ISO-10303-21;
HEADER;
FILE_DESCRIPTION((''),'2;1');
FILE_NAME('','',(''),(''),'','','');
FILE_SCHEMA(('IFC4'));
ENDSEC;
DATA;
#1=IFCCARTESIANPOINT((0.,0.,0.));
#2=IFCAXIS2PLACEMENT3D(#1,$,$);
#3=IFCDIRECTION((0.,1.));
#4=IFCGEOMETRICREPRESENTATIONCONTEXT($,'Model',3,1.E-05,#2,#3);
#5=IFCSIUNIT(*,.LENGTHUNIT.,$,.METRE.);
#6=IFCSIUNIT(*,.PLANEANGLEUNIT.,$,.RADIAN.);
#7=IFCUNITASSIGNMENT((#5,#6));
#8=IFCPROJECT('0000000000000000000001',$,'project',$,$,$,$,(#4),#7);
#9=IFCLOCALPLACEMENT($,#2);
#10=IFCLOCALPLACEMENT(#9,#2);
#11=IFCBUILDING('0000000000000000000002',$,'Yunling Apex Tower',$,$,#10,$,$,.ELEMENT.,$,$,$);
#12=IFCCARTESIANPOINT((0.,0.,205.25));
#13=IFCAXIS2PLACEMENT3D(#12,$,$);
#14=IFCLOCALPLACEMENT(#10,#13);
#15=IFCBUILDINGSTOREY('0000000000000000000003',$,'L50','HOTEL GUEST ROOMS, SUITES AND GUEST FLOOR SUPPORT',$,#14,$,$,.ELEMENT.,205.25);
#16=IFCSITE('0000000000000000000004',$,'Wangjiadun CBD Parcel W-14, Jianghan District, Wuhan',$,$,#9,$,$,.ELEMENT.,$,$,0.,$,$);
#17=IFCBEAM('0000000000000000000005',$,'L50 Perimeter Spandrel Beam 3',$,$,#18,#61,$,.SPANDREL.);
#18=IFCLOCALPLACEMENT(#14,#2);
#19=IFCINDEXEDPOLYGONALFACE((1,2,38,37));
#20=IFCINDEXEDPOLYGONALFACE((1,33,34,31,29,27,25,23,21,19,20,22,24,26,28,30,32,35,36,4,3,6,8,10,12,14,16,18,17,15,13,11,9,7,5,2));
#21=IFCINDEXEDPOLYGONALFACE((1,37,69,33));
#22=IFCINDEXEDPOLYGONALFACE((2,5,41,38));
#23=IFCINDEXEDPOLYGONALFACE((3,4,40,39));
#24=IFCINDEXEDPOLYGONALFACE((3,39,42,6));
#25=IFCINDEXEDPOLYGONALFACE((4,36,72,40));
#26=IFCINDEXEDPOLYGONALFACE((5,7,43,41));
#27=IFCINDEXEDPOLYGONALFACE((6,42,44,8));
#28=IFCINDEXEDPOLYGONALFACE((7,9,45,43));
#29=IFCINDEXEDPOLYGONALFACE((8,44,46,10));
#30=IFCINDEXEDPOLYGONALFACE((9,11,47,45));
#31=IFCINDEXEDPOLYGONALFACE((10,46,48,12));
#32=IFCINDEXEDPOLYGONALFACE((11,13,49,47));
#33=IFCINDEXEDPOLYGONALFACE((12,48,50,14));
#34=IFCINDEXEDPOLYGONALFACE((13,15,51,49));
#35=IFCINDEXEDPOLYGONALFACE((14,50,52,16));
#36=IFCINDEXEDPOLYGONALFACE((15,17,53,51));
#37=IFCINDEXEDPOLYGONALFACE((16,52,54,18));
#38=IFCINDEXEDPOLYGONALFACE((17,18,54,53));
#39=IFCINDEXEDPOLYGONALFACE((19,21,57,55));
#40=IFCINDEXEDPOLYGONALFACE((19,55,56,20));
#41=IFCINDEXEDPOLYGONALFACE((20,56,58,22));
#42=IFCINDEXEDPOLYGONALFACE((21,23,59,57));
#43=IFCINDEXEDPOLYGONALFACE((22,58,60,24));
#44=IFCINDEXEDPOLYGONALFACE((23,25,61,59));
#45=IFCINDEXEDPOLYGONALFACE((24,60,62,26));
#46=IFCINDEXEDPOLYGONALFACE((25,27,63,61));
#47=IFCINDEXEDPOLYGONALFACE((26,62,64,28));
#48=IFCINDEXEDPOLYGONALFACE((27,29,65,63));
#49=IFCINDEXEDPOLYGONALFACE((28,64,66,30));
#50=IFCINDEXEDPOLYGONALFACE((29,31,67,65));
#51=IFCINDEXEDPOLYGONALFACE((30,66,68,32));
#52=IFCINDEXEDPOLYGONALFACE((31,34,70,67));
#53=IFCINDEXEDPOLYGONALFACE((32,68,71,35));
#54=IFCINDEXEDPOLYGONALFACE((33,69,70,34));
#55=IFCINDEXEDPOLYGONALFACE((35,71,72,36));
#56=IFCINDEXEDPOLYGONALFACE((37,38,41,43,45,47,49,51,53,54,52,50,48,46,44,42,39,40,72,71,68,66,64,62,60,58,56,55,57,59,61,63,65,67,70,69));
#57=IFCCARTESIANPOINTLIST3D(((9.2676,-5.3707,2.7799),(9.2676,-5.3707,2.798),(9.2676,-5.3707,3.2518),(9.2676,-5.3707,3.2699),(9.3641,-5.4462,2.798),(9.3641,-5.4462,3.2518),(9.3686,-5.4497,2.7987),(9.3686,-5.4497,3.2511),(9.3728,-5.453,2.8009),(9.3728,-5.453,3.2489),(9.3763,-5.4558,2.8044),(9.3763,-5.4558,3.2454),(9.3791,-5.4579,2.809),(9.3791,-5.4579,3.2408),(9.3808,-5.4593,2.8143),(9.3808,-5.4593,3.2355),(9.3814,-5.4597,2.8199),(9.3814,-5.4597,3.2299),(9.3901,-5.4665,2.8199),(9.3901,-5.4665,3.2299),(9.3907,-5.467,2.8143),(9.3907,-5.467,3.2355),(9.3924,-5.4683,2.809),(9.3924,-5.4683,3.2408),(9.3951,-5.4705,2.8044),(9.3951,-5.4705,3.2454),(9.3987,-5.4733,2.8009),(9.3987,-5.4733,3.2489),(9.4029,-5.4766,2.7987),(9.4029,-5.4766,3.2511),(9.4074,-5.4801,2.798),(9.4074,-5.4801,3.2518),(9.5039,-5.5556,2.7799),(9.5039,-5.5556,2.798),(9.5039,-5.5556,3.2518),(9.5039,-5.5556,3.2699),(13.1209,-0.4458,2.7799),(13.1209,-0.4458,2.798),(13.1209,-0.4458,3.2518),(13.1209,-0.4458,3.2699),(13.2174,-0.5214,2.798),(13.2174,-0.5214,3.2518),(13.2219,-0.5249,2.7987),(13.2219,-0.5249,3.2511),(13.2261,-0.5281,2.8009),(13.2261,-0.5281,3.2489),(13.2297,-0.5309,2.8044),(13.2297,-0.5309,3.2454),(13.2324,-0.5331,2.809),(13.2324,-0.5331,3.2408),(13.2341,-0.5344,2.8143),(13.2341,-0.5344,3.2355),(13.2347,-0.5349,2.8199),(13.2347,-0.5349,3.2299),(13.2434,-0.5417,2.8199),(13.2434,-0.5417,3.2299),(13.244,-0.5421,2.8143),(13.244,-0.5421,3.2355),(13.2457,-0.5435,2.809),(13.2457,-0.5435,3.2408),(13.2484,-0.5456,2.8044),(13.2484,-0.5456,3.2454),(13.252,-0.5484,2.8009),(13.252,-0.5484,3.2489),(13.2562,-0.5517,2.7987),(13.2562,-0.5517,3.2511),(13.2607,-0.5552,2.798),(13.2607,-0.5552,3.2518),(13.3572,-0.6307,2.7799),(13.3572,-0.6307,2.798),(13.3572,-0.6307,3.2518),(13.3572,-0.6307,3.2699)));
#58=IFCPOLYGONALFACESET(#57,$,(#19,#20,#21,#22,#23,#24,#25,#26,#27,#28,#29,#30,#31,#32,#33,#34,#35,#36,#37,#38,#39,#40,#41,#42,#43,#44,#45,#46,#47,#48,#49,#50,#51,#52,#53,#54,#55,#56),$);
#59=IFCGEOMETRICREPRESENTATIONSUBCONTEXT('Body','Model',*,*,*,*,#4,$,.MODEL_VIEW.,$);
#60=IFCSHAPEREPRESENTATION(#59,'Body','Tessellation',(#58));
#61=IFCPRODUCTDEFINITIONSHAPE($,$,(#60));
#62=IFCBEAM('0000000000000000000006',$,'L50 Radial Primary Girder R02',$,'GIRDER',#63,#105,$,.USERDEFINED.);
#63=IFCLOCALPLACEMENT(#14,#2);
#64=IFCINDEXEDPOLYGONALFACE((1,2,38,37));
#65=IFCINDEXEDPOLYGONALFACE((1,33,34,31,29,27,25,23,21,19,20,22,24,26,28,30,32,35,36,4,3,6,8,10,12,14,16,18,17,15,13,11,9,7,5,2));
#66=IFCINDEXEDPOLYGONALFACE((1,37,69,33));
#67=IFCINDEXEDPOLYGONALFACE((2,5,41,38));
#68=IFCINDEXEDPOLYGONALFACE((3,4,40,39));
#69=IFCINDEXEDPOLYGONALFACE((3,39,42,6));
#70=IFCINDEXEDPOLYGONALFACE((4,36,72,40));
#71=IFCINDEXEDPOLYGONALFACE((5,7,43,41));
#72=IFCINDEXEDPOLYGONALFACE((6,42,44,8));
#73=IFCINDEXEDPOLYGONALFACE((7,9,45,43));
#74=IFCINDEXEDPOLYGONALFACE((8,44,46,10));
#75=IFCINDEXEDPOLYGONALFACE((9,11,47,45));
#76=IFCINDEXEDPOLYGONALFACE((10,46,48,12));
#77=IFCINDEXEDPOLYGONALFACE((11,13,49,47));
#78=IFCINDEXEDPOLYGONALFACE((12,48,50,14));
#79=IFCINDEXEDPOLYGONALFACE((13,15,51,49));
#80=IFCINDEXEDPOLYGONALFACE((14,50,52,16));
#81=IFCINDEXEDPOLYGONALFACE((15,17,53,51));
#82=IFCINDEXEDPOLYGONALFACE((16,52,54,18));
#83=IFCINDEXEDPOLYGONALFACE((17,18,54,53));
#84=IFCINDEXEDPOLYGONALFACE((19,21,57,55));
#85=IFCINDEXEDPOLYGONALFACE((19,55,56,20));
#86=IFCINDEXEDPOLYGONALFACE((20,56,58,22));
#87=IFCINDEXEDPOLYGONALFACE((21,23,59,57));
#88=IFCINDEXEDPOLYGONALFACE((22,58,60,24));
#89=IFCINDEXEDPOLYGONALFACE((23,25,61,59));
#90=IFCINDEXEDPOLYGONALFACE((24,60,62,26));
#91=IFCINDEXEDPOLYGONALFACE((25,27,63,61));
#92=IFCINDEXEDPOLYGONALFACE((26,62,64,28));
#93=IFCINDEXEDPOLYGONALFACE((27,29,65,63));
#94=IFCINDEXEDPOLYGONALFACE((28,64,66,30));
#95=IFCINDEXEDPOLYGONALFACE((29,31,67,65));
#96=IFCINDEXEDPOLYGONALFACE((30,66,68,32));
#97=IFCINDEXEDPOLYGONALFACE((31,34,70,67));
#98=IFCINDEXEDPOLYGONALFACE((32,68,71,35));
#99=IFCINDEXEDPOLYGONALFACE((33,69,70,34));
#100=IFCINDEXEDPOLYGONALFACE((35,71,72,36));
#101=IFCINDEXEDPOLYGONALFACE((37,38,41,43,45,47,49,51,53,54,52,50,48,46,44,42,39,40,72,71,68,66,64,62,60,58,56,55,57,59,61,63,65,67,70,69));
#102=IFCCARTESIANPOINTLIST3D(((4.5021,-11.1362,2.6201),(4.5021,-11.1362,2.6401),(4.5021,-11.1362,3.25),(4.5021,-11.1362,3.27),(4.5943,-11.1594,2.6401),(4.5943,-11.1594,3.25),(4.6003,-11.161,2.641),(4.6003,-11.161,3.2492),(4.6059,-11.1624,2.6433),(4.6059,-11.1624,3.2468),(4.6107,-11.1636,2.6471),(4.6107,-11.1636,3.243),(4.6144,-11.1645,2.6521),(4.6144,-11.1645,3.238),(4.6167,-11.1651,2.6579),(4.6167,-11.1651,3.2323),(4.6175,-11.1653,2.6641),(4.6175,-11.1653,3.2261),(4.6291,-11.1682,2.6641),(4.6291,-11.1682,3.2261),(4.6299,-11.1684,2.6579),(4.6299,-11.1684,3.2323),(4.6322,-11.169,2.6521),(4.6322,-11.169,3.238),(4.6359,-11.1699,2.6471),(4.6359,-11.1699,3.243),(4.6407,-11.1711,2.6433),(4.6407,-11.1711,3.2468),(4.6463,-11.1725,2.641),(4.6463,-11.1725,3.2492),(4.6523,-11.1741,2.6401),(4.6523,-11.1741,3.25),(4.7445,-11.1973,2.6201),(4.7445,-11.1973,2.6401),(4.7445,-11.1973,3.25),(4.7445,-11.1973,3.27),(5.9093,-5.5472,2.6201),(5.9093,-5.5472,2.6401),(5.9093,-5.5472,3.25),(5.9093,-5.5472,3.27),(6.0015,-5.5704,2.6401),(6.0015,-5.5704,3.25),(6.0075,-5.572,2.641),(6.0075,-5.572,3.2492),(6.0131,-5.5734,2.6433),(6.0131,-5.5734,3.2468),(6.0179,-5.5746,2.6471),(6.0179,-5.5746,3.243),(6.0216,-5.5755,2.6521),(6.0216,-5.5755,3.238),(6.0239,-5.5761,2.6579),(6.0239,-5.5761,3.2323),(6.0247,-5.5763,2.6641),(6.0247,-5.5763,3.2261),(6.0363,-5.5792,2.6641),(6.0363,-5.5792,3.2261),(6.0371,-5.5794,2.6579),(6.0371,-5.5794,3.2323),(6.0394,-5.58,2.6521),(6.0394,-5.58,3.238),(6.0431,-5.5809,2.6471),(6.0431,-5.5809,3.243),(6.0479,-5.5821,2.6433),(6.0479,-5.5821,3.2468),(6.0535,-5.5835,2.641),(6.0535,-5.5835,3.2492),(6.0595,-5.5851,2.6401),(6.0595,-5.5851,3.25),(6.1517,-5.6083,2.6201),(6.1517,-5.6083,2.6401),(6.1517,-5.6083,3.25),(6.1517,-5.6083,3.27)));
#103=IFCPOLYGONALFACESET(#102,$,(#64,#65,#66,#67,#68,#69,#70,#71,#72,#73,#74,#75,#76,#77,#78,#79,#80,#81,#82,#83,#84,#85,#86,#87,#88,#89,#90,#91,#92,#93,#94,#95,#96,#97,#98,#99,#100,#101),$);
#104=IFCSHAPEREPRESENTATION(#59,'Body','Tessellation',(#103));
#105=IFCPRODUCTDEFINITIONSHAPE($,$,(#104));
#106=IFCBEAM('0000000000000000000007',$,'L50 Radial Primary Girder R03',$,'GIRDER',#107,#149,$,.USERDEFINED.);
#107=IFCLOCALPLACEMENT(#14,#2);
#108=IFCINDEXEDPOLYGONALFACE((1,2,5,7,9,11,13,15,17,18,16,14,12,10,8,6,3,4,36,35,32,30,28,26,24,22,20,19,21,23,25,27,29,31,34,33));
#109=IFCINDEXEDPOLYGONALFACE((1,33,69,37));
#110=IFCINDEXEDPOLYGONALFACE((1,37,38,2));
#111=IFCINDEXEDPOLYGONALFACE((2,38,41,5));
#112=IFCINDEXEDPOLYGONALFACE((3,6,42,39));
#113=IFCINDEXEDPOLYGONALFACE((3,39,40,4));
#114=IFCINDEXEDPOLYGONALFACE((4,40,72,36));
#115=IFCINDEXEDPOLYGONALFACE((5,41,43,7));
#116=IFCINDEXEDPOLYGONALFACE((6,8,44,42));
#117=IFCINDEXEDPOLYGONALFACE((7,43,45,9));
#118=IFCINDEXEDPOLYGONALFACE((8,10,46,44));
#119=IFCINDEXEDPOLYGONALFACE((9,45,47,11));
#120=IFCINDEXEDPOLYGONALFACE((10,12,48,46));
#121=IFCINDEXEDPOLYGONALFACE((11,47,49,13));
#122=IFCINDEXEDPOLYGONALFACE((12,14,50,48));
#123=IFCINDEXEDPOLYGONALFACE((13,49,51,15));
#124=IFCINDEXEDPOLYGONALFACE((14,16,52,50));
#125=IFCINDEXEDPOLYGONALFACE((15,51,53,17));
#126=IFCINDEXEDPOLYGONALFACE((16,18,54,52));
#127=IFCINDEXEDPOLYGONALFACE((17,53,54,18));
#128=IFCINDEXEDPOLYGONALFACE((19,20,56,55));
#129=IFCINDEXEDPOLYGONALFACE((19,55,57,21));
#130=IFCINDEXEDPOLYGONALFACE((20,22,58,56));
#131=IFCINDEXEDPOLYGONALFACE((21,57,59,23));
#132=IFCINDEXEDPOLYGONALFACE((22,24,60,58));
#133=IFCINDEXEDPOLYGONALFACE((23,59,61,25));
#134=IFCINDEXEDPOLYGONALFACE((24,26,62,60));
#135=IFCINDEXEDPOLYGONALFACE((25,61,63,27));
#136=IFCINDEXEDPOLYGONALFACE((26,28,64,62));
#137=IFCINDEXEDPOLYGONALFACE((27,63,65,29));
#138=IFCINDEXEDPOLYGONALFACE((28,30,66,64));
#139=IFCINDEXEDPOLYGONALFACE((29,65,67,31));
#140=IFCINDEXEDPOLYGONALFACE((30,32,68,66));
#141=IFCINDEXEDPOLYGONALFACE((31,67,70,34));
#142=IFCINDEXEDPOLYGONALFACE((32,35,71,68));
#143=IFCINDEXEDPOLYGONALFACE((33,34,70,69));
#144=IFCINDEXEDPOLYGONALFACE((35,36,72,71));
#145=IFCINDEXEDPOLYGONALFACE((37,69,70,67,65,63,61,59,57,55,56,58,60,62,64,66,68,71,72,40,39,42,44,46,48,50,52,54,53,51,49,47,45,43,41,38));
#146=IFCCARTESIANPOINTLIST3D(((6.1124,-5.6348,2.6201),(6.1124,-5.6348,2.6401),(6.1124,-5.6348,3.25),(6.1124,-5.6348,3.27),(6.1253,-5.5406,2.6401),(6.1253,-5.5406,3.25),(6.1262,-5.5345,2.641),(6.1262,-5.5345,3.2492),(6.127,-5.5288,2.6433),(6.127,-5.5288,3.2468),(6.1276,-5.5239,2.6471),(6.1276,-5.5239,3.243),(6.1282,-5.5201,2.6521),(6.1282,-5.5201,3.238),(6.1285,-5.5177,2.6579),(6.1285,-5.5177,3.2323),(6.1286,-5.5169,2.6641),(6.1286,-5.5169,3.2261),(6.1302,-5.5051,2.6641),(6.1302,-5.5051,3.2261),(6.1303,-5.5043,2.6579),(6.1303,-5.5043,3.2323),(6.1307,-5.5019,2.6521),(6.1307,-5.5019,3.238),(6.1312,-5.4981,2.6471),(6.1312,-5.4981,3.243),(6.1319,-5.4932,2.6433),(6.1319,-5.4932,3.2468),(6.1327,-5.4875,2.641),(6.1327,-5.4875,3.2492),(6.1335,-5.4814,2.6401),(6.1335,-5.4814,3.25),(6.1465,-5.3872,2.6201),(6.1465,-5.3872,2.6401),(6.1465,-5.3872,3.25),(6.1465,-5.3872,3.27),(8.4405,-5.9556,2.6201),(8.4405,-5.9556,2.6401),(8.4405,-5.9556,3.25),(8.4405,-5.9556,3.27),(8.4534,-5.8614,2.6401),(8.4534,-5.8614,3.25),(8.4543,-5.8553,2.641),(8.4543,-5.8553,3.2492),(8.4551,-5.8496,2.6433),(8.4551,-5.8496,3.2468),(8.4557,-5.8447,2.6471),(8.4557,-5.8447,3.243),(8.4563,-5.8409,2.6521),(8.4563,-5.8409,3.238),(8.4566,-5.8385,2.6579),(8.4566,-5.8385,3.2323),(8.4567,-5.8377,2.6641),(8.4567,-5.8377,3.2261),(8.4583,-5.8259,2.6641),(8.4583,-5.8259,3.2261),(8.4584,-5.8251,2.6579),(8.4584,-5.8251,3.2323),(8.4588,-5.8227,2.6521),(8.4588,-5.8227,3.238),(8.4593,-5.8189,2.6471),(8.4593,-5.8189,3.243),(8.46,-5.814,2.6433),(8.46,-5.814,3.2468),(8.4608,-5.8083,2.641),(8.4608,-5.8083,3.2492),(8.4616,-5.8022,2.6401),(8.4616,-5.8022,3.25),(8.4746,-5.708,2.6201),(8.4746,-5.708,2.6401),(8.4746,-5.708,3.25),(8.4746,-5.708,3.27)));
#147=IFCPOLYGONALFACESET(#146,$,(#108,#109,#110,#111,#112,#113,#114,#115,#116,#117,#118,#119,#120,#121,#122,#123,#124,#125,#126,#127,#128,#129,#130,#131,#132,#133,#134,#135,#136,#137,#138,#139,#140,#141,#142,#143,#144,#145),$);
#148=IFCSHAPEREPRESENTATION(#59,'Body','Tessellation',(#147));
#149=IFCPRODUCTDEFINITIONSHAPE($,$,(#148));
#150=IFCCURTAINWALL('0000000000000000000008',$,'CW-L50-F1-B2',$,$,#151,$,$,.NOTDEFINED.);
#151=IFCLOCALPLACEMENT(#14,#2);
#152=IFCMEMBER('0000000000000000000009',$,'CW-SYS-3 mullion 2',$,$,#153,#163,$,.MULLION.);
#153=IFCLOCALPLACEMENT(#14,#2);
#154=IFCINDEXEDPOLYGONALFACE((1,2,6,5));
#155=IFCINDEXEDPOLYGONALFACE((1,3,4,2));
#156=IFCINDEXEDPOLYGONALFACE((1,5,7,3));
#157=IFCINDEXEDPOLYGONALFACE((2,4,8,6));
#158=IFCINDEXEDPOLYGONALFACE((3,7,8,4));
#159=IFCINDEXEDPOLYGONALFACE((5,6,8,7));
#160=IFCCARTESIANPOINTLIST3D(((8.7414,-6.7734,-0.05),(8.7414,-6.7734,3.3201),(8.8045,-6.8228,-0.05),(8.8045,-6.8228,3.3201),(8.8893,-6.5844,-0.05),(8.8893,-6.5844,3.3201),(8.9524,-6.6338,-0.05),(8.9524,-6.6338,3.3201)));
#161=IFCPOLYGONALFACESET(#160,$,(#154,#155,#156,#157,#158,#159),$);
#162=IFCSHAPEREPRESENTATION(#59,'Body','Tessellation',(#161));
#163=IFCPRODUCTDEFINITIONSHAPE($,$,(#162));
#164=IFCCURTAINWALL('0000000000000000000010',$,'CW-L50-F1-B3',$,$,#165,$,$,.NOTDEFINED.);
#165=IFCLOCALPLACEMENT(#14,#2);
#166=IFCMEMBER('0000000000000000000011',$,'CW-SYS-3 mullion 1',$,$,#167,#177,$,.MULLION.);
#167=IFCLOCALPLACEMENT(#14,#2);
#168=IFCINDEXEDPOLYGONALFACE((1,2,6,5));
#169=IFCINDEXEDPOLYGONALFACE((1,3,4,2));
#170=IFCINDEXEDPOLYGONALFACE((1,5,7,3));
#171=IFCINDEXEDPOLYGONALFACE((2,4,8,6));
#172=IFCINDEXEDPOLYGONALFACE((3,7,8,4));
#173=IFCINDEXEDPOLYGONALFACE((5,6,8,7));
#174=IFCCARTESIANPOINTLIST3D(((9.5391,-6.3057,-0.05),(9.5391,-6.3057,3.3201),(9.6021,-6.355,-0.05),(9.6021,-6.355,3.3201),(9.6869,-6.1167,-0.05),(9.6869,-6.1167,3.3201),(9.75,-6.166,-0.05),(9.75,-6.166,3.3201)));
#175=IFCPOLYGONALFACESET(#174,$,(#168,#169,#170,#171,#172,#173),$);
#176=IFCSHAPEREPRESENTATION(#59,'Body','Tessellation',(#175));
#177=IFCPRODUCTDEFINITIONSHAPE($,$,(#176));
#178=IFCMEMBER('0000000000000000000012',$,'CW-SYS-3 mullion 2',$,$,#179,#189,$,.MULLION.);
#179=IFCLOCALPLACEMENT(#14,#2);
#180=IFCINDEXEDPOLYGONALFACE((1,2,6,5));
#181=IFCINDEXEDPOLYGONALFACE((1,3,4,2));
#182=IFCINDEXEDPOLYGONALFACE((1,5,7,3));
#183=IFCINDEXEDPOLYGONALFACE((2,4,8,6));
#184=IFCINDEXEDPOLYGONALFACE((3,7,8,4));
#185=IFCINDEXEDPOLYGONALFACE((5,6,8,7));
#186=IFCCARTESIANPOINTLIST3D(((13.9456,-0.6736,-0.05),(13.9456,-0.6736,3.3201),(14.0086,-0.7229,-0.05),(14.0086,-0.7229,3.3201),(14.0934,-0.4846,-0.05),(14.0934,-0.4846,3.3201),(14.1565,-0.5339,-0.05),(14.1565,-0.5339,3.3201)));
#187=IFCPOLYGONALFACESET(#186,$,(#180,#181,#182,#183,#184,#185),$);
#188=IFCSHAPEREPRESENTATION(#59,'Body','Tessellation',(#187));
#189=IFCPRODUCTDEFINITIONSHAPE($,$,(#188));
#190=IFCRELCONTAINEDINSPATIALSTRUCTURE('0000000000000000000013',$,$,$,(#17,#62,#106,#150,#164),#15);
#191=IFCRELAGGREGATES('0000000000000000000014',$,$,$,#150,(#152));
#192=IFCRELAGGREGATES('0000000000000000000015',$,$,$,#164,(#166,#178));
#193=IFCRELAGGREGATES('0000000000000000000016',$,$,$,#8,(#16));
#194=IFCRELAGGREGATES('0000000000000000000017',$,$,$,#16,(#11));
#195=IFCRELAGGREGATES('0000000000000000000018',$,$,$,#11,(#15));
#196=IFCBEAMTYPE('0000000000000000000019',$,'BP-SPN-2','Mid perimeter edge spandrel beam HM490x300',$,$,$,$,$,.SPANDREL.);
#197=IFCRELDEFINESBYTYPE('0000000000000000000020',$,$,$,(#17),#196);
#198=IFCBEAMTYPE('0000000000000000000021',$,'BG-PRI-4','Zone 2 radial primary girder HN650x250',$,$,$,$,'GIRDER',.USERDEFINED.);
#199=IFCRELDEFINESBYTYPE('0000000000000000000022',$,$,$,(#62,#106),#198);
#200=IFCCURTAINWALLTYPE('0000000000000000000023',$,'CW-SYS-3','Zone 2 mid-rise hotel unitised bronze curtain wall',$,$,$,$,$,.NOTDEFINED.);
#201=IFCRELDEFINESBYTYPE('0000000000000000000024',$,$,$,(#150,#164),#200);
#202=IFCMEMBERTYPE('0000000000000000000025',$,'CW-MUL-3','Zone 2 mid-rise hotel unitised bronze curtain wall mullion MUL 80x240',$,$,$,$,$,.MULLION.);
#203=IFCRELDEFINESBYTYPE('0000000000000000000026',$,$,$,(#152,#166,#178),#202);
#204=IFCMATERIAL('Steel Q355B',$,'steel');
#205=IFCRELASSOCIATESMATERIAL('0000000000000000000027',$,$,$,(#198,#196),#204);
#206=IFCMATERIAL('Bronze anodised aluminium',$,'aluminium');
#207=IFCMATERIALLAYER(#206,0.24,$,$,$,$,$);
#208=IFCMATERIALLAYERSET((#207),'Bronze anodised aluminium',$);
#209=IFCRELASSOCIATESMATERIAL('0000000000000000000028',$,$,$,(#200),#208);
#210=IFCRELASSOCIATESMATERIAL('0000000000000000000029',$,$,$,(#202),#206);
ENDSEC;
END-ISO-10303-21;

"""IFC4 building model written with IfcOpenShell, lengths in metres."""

from ifc_helpers import new_model, si_unit, direction, frame, origin, origin_2d, place, context, subcontext, project, spatial, rectangle, i_section, extrude, source, transform, mapped, material, layer, layer_set, material_profile, profile_set, type_object, element, aggregate, save


model = new_model("IFC4")

# Units and contexts
model_context = context("Model", 3, precision=1e-05, world=origin(), true_north=direction((0.0, 1.0)))
body_context = subcontext(model_context, "Body", "Model", "MODEL_VIEW")
ifc_project = project(units=[si_unit("LENGTHUNIT", "METRE"), si_unit("PLANEANGLEUNIT", "RADIAN")], contexts=[model_context])

# Site, building, storey
site_placement = place(None, origin())
site = spatial("IfcSite", under=ifc_project, at=site_placement, Name="Wangjiadun CBD Parcel W-14, Jianghan District, Wuhan", CompositionType="ELEMENT", RefElevation=0.0)
building_placement = place(site_placement, origin())
building = spatial("IfcBuilding", under=site, at=building_placement, Name="Yunling Apex Tower", CompositionType="ELEMENT")
storey_placement = place(building_placement, frame((0.0, 0.0, 205.25)))
storey = spatial("IfcBuildingStorey", under=building, at=storey_placement, Name="L50", Description="HOTEL GUEST ROOMS, SUITES AND GUEST FLOOR SUPPORT", CompositionType="ELEMENT", Elevation=205.25)

# Beams
ifc_material_1 = material(Name="Steel Q355B", Category="steel")
ifc_material_profile_1 = material_profile(ifc_material_1, i_section(OverallWidth=0.25, OverallDepth=0.6499, WebThickness=0.012, FlangeThickness=0.02, FilletRadius=0.0239, at=origin_2d()))
ifc_profile_set_1 = profile_set([ifc_material_profile_1], Name="Steel Q355B")
beam_type_1 = type_object("IfcBeamType", Name="BG-PRI-4", Description="Zone 2 radial primary girder HN650x250", ElementType="GIRDER", PredefinedType="USERDEFINED", material=ifc_profile_set_1)
ifc_material_profile_2 = material_profile(ifc_material_1, i_section(OverallWidth=0.3, OverallDepth=0.49, WebThickness=0.011, FlangeThickness=0.0181, FilletRadius=0.022, at=origin_2d()))
ifc_profile_set_2 = profile_set([ifc_material_profile_2], Name="Steel Q355B")
beam_type_2 = type_object("IfcBeamType", Name="BP-SPN-2", Description="Mid perimeter edge spandrel beam HM490x300", PredefinedType="SPANDREL", material=ifc_profile_set_2)
shared_shape_1 = source(origin(), body_context, "Body", "SweptSolid", [
    extrude(i_section(OverallWidth=0.3, OverallDepth=0.49, WebThickness=0.011, FlangeThickness=0.0181, FilletRadius=0.022, at=origin_2d()), origin(), (0.0, 0.0, 1.0), 6.2532),
])
beam_1_placement = place(storey_placement, frame((9.3857, -5.4631, 3.0249), z_axis=(0.616217, 0.787577, 0.0), x_axis=(-0.787577, 0.616217, 0.0)))
element("IfcBeam", 1, at=beam_1_placement, inside=storey, type_object=beam_type_2, Name="L50 Perimeter Spandrel Beam 3", PredefinedType="SPANDREL", context=body_context, shape_type="MappedRepresentation", body=[
    mapped(shared_shape_1, transform((0.0, 0.0, 0.0), scale=1.0)),
])
shared_shape_2 = source(origin(), body_context, "Body", "SweptSolid", [
    extrude(i_section(OverallWidth=0.25, OverallDepth=0.6499, WebThickness=0.012, FlangeThickness=0.02, FilletRadius=0.0239, at=origin_2d()), origin(), (0.0, 0.0, 1.0), 5.7634),
])
beam_2_placement = place(storey_placement, frame((4.6233, -11.1667, 2.9451), z_axis=(0.24416, 0.969735, 0.0), x_axis=(-0.969735, 0.24416, 0.0)))
element("IfcBeam", 2, at=beam_2_placement, inside=storey, type_object=beam_type_1, Name="L50 Radial Primary Girder R02", ObjectType="GIRDER", PredefinedType="USERDEFINED", context=body_context, shape_type="MappedRepresentation", body=[
    mapped(shared_shape_2, transform((0.0, 0.0, 0.0), scale=1.0)),
])
shared_shape_3 = source(origin(), body_context, "Body", "SweptSolid", [
    extrude(i_section(OverallWidth=0.25, OverallDepth=0.6499, WebThickness=0.012, FlangeThickness=0.02, FilletRadius=0.0239, at=origin_2d()), origin(), (0.0, 0.0, 1.0), 2.3501),
])
beam_3_placement = place(storey_placement, frame((8.4575, -5.8318, 2.9451), z_axis=(-0.99064, 0.136504, 0.0), x_axis=(-0.136504, -0.99064, 0.0)))
element("IfcBeam", 3, at=beam_3_placement, inside=storey, type_object=beam_type_1, Name="L50 Radial Primary Girder R03", ObjectType="GIRDER", PredefinedType="USERDEFINED", context=body_context, shape_type="MappedRepresentation", body=[
    mapped(shared_shape_3, transform((0.0, 0.0, 0.0), scale=1.0)),
])

# Curtain wall, member
ifc_material_2 = material(Name="Bronze anodised aluminium", Category="aluminium")
ifc_layer_1 = layer(ifc_material_2, 0.24)
ifc_layer_set_1 = layer_set([ifc_layer_1], Name="Bronze anodised aluminium")
curtain_wall_type = type_object("IfcCurtainWallType", Name="CW-SYS-3", Description="Zone 2 mid-rise hotel unitised bronze curtain wall", PredefinedType="NOTDEFINED", material=ifc_layer_set_1)
curtain_wall_1_placement = place(storey_placement, origin())
curtain_wall_1 = element("IfcCurtainWall", 4, at=curtain_wall_1_placement, inside=storey, type_object=curtain_wall_type, Name="CW-L50-F1-B2", PredefinedType="NOTDEFINED")
ifc_material_profile_3 = material_profile(ifc_material_2, rectangle(XDim=0.0801, YDim=0.24, at=origin_2d()))
ifc_profile_set_3 = profile_set([ifc_material_profile_3], Name="Bronze anodised aluminium")
member_type_1 = type_object("IfcMemberType", Name="CW-MUL-3", Description="Zone 2 mid-rise hotel unitised bronze curtain wall mullion MUL 80x240", PredefinedType="MULLION", material=ifc_profile_set_3)
shared_shape_4 = source(origin(), body_context, "Body", "SweptSolid", [
    extrude(rectangle(XDim=0.0801, YDim=0.24, at=origin_2d()), origin(), (0.0, 0.0, 1.0), 3.3701),
])
member_1_placement = place(storey_placement, frame((8.8469, -6.7036, -0.05), z_axis=(0.0, 0.0, 1.0), x_axis=(-0.787576, 0.616217, 0.0)))
member_1 = element("IfcMember", 5, at=member_1_placement, type_object=member_type_1, Name="CW-SYS-3 mullion 2", PredefinedType="MULLION", context=body_context, shape_type="MappedRepresentation", body=[
    mapped(shared_shape_4, transform((0.0, 0.0, 0.0), scale=1.0)),
])

# Curtain wall, members
curtain_wall_2_placement = place(storey_placement, origin())
curtain_wall_2 = element("IfcCurtainWall", 6, at=curtain_wall_2_placement, inside=storey, type_object=curtain_wall_type, Name="CW-L50-F1-B3", PredefinedType="NOTDEFINED")
member_2_placement = place(storey_placement, frame((9.6445, -6.2358, -0.05), z_axis=(0.0, 0.0, 1.0), x_axis=(-0.787589, 0.6162, 0.0)))
member_2 = element("IfcMember", 7, at=member_2_placement, type_object=member_type_1, Name="CW-SYS-3 mullion 1", PredefinedType="MULLION", context=body_context, shape_type="MappedRepresentation", body=[
    mapped(shared_shape_4, transform((0.0, 0.0, 0.0), scale=1.0)),
])
member_3_placement = place(storey_placement, frame((14.051, -0.6038, -0.05), z_axis=(0.0, 0.0, 1.0), x_axis=(-0.787589, 0.6162, 0.0)))
member_3 = element("IfcMember", 8, at=member_3_placement, type_object=member_type_1, Name="CW-SYS-3 mullion 2", PredefinedType="MULLION", context=body_context, shape_type="MappedRepresentation", body=[
    mapped(shared_shape_4, transform((0.0, 0.0, 0.0), scale=1.0)),
])

aggregate(curtain_wall_1, [member_1])
aggregate(curtain_wall_2, [member_2, member_3])

save(model, "model.ifc")
